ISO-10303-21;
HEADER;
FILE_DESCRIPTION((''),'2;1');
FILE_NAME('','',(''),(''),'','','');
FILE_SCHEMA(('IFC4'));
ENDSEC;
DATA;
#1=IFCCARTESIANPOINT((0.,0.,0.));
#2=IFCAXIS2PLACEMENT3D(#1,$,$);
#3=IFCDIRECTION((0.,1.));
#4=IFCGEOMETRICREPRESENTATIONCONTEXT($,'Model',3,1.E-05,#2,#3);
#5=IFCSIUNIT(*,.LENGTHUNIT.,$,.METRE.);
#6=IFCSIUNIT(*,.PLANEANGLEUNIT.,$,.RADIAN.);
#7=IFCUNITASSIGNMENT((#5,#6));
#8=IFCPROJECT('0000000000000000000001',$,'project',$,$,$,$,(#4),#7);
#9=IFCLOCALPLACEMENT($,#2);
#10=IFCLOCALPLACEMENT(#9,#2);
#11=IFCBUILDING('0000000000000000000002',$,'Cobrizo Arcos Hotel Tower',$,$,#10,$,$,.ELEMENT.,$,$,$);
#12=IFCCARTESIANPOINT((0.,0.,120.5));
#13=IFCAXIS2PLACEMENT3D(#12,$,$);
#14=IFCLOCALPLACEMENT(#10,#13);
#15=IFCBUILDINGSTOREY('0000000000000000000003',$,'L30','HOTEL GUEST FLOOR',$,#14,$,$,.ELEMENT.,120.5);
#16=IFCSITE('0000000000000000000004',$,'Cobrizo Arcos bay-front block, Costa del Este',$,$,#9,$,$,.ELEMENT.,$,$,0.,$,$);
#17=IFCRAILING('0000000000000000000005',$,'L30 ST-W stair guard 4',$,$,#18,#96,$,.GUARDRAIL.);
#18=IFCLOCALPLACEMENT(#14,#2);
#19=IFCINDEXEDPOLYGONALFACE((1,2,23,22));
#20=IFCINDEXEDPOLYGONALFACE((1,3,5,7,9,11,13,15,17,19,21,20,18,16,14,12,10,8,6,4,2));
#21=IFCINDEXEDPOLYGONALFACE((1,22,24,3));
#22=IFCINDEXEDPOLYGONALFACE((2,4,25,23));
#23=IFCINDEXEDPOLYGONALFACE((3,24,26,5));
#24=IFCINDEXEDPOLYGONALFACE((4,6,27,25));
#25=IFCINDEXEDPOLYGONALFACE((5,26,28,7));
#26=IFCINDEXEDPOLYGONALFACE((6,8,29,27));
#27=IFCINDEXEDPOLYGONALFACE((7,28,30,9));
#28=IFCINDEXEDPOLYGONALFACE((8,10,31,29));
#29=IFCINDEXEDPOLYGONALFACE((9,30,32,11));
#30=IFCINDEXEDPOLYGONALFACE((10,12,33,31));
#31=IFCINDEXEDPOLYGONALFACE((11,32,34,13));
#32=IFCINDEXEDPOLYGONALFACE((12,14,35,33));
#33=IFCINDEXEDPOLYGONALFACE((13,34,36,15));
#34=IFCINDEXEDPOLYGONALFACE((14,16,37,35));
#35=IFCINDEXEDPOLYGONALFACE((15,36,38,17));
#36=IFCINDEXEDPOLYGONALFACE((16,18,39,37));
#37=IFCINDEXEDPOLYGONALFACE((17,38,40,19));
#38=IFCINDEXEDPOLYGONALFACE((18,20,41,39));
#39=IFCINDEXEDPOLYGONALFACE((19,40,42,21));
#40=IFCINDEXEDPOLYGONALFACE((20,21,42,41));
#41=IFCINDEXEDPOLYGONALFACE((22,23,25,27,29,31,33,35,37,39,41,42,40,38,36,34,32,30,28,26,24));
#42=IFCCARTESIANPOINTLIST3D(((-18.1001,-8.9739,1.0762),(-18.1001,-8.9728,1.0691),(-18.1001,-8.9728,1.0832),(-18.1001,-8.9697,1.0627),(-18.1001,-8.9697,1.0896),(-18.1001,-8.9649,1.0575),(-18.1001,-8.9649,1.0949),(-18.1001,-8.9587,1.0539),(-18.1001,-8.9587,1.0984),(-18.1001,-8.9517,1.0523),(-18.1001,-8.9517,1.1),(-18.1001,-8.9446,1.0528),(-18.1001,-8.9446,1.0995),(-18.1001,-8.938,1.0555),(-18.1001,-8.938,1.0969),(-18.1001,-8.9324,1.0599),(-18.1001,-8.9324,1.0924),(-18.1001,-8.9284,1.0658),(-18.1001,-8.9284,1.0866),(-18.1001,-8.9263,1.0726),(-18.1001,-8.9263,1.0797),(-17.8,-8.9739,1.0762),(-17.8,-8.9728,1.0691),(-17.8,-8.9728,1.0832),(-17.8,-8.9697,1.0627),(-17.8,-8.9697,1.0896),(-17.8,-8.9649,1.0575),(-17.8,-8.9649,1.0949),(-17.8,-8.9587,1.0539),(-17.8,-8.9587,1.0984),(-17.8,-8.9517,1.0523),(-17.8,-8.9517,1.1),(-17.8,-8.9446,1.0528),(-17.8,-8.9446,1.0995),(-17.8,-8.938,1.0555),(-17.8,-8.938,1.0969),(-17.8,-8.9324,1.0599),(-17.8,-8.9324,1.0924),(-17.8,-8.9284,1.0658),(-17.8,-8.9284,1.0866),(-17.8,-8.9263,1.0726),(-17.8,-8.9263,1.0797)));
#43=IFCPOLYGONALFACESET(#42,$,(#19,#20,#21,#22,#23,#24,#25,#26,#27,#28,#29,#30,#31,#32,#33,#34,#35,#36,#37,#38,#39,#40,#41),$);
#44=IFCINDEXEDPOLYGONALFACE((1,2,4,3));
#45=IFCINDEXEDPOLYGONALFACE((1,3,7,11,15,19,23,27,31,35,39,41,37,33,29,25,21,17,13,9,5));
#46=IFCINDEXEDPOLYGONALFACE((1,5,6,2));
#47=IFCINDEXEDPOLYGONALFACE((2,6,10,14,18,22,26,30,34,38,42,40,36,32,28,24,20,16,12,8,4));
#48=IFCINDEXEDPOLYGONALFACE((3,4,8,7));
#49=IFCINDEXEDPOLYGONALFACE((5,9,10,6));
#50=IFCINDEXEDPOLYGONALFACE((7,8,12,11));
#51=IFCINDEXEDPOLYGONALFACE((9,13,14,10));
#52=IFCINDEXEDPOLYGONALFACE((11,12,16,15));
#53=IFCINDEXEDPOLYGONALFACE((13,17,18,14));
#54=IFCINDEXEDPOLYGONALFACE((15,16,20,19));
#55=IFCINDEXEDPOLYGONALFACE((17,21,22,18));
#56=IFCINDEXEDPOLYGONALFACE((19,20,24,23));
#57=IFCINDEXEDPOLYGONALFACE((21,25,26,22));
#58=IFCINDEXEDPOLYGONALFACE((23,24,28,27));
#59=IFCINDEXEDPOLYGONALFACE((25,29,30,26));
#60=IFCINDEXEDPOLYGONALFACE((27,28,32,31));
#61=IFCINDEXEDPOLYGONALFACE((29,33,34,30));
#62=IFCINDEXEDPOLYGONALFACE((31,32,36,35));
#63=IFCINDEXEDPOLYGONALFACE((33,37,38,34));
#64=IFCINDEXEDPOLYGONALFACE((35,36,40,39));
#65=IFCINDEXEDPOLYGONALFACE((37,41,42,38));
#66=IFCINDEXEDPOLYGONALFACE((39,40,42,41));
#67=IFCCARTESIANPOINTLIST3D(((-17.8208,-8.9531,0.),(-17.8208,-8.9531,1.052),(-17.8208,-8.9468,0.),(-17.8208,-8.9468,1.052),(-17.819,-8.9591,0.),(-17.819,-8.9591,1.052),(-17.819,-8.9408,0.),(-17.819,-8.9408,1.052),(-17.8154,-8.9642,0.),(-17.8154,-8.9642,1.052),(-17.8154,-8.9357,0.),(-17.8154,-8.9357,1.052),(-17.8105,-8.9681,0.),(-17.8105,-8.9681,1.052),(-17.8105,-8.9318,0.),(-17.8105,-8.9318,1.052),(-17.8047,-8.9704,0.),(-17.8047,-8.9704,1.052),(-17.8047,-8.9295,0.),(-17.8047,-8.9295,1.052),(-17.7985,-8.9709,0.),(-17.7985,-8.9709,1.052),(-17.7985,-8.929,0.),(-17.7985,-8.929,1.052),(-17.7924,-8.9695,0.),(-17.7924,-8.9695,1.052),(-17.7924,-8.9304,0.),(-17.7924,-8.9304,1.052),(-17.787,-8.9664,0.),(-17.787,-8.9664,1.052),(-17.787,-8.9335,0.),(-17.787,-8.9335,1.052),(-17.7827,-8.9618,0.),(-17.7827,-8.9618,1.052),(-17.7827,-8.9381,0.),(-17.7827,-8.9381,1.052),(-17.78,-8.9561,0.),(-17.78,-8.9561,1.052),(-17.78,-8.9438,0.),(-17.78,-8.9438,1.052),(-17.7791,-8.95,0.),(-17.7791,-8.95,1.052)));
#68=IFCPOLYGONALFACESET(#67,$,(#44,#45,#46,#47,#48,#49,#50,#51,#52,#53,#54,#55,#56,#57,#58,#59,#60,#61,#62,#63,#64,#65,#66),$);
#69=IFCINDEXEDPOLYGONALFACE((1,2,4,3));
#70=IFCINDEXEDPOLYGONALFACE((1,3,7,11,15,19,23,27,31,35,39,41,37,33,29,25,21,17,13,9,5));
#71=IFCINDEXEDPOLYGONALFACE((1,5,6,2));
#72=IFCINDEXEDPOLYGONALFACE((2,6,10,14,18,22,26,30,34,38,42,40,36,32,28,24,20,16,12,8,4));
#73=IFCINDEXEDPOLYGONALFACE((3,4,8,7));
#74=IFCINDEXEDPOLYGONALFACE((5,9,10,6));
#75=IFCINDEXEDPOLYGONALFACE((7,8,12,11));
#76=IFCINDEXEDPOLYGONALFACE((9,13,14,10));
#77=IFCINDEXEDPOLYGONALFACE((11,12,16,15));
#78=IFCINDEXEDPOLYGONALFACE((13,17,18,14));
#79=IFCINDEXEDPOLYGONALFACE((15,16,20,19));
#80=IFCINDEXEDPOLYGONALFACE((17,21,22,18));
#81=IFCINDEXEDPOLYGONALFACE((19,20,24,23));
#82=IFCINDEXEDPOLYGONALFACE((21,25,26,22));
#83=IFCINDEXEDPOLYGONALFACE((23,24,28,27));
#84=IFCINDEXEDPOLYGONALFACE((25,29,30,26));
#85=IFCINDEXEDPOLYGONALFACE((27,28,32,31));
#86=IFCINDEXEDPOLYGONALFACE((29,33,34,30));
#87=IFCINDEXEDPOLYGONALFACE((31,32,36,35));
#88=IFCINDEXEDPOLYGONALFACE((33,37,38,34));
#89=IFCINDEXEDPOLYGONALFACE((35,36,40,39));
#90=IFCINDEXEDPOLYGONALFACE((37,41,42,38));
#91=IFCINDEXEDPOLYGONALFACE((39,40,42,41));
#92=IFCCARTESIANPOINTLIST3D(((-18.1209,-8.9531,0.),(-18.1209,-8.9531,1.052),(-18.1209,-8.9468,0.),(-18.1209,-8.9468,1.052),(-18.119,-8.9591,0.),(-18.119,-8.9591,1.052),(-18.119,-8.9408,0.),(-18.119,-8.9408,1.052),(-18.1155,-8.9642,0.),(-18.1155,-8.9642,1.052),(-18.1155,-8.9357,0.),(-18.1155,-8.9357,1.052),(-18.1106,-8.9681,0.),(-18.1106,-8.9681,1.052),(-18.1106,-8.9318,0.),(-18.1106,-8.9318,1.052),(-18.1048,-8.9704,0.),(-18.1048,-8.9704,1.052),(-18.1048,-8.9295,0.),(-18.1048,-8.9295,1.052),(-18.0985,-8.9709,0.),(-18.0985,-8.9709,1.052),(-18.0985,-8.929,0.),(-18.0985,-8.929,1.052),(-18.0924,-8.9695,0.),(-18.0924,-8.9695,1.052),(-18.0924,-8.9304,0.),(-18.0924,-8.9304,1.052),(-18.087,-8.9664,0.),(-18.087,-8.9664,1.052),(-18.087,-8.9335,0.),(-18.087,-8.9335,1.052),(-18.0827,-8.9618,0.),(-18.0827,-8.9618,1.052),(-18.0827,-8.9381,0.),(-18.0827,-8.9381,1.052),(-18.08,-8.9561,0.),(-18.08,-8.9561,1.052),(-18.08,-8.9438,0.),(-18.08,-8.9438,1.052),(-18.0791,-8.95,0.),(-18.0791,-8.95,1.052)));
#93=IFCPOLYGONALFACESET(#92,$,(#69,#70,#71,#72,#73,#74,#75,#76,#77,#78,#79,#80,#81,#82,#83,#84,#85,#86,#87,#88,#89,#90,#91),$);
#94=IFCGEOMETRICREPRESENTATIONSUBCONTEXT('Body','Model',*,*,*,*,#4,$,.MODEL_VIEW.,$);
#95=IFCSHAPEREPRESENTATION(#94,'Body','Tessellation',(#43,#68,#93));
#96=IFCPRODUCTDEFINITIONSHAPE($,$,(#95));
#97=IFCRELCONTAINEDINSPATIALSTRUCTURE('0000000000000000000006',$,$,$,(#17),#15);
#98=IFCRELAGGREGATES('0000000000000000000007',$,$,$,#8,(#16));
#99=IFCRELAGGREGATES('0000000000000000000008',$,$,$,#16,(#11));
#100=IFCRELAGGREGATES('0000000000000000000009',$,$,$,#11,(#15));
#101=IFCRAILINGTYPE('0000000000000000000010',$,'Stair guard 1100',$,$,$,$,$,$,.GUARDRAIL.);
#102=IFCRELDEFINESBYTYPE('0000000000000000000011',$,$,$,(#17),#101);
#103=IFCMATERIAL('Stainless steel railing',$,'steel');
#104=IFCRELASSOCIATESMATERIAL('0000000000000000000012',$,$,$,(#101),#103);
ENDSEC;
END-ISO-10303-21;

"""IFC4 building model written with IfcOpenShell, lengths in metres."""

from ifc_helpers import new_model, si_unit, direction, frame, origin, origin_2d, place, context, subcontext, project, spatial, circle, extrude, material, type_object, element, save


model = new_model("IFC4")

# Units and contexts
model_context = context("Model", 3, precision=1e-05, world=origin(), true_north=direction((0.0, 1.0)))
body_context = subcontext(model_context, "Body", "Model", "MODEL_VIEW")
ifc_project = project(units=[si_unit("LENGTHUNIT", "METRE"), si_unit("PLANEANGLEUNIT", "RADIAN")], contexts=[model_context])

# Site, building, storey
site_placement = place(None, origin())
site = spatial("IfcSite", under=ifc_project, at=site_placement, Name="Cobrizo Arcos bay-front block, Costa del Este", CompositionType="ELEMENT", RefElevation=0.0)
building_placement = place(site_placement, origin())
building = spatial("IfcBuilding", under=site, at=building_placement, Name="Cobrizo Arcos Hotel Tower", CompositionType="ELEMENT")
storey_placement = place(building_placement, frame((0.0, 0.0, 120.5)))
storey = spatial("IfcBuildingStorey", under=building, at=storey_placement, Name="L30", Description="HOTEL GUEST FLOOR", CompositionType="ELEMENT", Elevation=120.5)

# Railing
ifc_material_1 = material(Name="Stainless steel railing", Category="steel")
railing_type_1 = type_object("IfcRailingType", Name="Stair guard 1100", PredefinedType="GUARDRAIL", material=ifc_material_1)
railing_1_placement = place(storey_placement, frame((-17.8, -8.95, 0.0)))
element("IfcRailing", 1, at=railing_1_placement, inside=storey, type_object=railing_type_1, Name="L30 ST-W stair guard 4", PredefinedType="GUARDRAIL", context=body_context, shape_type="SweptSolid", body=[
    extrude(circle(Radius=0.0239, at=origin_2d()), frame((0.0, 0.0, 1.0762), z_axis=(-1.0, 0.0, 0.0), x_axis=(0.0, -1.0, 0.0)), (0.0, 0.0, 1.0), 0.3),
    extrude(circle(Radius=0.021, at=origin_2d()), origin(), (0.0, 0.0, 1.0), 1.052),
    extrude(circle(Radius=0.021, at=origin_2d()), frame((-0.3, 0.0, 0.0)), (0.0, 0.0, 1.0), 1.052),
])

save(model, "model.ifc")
